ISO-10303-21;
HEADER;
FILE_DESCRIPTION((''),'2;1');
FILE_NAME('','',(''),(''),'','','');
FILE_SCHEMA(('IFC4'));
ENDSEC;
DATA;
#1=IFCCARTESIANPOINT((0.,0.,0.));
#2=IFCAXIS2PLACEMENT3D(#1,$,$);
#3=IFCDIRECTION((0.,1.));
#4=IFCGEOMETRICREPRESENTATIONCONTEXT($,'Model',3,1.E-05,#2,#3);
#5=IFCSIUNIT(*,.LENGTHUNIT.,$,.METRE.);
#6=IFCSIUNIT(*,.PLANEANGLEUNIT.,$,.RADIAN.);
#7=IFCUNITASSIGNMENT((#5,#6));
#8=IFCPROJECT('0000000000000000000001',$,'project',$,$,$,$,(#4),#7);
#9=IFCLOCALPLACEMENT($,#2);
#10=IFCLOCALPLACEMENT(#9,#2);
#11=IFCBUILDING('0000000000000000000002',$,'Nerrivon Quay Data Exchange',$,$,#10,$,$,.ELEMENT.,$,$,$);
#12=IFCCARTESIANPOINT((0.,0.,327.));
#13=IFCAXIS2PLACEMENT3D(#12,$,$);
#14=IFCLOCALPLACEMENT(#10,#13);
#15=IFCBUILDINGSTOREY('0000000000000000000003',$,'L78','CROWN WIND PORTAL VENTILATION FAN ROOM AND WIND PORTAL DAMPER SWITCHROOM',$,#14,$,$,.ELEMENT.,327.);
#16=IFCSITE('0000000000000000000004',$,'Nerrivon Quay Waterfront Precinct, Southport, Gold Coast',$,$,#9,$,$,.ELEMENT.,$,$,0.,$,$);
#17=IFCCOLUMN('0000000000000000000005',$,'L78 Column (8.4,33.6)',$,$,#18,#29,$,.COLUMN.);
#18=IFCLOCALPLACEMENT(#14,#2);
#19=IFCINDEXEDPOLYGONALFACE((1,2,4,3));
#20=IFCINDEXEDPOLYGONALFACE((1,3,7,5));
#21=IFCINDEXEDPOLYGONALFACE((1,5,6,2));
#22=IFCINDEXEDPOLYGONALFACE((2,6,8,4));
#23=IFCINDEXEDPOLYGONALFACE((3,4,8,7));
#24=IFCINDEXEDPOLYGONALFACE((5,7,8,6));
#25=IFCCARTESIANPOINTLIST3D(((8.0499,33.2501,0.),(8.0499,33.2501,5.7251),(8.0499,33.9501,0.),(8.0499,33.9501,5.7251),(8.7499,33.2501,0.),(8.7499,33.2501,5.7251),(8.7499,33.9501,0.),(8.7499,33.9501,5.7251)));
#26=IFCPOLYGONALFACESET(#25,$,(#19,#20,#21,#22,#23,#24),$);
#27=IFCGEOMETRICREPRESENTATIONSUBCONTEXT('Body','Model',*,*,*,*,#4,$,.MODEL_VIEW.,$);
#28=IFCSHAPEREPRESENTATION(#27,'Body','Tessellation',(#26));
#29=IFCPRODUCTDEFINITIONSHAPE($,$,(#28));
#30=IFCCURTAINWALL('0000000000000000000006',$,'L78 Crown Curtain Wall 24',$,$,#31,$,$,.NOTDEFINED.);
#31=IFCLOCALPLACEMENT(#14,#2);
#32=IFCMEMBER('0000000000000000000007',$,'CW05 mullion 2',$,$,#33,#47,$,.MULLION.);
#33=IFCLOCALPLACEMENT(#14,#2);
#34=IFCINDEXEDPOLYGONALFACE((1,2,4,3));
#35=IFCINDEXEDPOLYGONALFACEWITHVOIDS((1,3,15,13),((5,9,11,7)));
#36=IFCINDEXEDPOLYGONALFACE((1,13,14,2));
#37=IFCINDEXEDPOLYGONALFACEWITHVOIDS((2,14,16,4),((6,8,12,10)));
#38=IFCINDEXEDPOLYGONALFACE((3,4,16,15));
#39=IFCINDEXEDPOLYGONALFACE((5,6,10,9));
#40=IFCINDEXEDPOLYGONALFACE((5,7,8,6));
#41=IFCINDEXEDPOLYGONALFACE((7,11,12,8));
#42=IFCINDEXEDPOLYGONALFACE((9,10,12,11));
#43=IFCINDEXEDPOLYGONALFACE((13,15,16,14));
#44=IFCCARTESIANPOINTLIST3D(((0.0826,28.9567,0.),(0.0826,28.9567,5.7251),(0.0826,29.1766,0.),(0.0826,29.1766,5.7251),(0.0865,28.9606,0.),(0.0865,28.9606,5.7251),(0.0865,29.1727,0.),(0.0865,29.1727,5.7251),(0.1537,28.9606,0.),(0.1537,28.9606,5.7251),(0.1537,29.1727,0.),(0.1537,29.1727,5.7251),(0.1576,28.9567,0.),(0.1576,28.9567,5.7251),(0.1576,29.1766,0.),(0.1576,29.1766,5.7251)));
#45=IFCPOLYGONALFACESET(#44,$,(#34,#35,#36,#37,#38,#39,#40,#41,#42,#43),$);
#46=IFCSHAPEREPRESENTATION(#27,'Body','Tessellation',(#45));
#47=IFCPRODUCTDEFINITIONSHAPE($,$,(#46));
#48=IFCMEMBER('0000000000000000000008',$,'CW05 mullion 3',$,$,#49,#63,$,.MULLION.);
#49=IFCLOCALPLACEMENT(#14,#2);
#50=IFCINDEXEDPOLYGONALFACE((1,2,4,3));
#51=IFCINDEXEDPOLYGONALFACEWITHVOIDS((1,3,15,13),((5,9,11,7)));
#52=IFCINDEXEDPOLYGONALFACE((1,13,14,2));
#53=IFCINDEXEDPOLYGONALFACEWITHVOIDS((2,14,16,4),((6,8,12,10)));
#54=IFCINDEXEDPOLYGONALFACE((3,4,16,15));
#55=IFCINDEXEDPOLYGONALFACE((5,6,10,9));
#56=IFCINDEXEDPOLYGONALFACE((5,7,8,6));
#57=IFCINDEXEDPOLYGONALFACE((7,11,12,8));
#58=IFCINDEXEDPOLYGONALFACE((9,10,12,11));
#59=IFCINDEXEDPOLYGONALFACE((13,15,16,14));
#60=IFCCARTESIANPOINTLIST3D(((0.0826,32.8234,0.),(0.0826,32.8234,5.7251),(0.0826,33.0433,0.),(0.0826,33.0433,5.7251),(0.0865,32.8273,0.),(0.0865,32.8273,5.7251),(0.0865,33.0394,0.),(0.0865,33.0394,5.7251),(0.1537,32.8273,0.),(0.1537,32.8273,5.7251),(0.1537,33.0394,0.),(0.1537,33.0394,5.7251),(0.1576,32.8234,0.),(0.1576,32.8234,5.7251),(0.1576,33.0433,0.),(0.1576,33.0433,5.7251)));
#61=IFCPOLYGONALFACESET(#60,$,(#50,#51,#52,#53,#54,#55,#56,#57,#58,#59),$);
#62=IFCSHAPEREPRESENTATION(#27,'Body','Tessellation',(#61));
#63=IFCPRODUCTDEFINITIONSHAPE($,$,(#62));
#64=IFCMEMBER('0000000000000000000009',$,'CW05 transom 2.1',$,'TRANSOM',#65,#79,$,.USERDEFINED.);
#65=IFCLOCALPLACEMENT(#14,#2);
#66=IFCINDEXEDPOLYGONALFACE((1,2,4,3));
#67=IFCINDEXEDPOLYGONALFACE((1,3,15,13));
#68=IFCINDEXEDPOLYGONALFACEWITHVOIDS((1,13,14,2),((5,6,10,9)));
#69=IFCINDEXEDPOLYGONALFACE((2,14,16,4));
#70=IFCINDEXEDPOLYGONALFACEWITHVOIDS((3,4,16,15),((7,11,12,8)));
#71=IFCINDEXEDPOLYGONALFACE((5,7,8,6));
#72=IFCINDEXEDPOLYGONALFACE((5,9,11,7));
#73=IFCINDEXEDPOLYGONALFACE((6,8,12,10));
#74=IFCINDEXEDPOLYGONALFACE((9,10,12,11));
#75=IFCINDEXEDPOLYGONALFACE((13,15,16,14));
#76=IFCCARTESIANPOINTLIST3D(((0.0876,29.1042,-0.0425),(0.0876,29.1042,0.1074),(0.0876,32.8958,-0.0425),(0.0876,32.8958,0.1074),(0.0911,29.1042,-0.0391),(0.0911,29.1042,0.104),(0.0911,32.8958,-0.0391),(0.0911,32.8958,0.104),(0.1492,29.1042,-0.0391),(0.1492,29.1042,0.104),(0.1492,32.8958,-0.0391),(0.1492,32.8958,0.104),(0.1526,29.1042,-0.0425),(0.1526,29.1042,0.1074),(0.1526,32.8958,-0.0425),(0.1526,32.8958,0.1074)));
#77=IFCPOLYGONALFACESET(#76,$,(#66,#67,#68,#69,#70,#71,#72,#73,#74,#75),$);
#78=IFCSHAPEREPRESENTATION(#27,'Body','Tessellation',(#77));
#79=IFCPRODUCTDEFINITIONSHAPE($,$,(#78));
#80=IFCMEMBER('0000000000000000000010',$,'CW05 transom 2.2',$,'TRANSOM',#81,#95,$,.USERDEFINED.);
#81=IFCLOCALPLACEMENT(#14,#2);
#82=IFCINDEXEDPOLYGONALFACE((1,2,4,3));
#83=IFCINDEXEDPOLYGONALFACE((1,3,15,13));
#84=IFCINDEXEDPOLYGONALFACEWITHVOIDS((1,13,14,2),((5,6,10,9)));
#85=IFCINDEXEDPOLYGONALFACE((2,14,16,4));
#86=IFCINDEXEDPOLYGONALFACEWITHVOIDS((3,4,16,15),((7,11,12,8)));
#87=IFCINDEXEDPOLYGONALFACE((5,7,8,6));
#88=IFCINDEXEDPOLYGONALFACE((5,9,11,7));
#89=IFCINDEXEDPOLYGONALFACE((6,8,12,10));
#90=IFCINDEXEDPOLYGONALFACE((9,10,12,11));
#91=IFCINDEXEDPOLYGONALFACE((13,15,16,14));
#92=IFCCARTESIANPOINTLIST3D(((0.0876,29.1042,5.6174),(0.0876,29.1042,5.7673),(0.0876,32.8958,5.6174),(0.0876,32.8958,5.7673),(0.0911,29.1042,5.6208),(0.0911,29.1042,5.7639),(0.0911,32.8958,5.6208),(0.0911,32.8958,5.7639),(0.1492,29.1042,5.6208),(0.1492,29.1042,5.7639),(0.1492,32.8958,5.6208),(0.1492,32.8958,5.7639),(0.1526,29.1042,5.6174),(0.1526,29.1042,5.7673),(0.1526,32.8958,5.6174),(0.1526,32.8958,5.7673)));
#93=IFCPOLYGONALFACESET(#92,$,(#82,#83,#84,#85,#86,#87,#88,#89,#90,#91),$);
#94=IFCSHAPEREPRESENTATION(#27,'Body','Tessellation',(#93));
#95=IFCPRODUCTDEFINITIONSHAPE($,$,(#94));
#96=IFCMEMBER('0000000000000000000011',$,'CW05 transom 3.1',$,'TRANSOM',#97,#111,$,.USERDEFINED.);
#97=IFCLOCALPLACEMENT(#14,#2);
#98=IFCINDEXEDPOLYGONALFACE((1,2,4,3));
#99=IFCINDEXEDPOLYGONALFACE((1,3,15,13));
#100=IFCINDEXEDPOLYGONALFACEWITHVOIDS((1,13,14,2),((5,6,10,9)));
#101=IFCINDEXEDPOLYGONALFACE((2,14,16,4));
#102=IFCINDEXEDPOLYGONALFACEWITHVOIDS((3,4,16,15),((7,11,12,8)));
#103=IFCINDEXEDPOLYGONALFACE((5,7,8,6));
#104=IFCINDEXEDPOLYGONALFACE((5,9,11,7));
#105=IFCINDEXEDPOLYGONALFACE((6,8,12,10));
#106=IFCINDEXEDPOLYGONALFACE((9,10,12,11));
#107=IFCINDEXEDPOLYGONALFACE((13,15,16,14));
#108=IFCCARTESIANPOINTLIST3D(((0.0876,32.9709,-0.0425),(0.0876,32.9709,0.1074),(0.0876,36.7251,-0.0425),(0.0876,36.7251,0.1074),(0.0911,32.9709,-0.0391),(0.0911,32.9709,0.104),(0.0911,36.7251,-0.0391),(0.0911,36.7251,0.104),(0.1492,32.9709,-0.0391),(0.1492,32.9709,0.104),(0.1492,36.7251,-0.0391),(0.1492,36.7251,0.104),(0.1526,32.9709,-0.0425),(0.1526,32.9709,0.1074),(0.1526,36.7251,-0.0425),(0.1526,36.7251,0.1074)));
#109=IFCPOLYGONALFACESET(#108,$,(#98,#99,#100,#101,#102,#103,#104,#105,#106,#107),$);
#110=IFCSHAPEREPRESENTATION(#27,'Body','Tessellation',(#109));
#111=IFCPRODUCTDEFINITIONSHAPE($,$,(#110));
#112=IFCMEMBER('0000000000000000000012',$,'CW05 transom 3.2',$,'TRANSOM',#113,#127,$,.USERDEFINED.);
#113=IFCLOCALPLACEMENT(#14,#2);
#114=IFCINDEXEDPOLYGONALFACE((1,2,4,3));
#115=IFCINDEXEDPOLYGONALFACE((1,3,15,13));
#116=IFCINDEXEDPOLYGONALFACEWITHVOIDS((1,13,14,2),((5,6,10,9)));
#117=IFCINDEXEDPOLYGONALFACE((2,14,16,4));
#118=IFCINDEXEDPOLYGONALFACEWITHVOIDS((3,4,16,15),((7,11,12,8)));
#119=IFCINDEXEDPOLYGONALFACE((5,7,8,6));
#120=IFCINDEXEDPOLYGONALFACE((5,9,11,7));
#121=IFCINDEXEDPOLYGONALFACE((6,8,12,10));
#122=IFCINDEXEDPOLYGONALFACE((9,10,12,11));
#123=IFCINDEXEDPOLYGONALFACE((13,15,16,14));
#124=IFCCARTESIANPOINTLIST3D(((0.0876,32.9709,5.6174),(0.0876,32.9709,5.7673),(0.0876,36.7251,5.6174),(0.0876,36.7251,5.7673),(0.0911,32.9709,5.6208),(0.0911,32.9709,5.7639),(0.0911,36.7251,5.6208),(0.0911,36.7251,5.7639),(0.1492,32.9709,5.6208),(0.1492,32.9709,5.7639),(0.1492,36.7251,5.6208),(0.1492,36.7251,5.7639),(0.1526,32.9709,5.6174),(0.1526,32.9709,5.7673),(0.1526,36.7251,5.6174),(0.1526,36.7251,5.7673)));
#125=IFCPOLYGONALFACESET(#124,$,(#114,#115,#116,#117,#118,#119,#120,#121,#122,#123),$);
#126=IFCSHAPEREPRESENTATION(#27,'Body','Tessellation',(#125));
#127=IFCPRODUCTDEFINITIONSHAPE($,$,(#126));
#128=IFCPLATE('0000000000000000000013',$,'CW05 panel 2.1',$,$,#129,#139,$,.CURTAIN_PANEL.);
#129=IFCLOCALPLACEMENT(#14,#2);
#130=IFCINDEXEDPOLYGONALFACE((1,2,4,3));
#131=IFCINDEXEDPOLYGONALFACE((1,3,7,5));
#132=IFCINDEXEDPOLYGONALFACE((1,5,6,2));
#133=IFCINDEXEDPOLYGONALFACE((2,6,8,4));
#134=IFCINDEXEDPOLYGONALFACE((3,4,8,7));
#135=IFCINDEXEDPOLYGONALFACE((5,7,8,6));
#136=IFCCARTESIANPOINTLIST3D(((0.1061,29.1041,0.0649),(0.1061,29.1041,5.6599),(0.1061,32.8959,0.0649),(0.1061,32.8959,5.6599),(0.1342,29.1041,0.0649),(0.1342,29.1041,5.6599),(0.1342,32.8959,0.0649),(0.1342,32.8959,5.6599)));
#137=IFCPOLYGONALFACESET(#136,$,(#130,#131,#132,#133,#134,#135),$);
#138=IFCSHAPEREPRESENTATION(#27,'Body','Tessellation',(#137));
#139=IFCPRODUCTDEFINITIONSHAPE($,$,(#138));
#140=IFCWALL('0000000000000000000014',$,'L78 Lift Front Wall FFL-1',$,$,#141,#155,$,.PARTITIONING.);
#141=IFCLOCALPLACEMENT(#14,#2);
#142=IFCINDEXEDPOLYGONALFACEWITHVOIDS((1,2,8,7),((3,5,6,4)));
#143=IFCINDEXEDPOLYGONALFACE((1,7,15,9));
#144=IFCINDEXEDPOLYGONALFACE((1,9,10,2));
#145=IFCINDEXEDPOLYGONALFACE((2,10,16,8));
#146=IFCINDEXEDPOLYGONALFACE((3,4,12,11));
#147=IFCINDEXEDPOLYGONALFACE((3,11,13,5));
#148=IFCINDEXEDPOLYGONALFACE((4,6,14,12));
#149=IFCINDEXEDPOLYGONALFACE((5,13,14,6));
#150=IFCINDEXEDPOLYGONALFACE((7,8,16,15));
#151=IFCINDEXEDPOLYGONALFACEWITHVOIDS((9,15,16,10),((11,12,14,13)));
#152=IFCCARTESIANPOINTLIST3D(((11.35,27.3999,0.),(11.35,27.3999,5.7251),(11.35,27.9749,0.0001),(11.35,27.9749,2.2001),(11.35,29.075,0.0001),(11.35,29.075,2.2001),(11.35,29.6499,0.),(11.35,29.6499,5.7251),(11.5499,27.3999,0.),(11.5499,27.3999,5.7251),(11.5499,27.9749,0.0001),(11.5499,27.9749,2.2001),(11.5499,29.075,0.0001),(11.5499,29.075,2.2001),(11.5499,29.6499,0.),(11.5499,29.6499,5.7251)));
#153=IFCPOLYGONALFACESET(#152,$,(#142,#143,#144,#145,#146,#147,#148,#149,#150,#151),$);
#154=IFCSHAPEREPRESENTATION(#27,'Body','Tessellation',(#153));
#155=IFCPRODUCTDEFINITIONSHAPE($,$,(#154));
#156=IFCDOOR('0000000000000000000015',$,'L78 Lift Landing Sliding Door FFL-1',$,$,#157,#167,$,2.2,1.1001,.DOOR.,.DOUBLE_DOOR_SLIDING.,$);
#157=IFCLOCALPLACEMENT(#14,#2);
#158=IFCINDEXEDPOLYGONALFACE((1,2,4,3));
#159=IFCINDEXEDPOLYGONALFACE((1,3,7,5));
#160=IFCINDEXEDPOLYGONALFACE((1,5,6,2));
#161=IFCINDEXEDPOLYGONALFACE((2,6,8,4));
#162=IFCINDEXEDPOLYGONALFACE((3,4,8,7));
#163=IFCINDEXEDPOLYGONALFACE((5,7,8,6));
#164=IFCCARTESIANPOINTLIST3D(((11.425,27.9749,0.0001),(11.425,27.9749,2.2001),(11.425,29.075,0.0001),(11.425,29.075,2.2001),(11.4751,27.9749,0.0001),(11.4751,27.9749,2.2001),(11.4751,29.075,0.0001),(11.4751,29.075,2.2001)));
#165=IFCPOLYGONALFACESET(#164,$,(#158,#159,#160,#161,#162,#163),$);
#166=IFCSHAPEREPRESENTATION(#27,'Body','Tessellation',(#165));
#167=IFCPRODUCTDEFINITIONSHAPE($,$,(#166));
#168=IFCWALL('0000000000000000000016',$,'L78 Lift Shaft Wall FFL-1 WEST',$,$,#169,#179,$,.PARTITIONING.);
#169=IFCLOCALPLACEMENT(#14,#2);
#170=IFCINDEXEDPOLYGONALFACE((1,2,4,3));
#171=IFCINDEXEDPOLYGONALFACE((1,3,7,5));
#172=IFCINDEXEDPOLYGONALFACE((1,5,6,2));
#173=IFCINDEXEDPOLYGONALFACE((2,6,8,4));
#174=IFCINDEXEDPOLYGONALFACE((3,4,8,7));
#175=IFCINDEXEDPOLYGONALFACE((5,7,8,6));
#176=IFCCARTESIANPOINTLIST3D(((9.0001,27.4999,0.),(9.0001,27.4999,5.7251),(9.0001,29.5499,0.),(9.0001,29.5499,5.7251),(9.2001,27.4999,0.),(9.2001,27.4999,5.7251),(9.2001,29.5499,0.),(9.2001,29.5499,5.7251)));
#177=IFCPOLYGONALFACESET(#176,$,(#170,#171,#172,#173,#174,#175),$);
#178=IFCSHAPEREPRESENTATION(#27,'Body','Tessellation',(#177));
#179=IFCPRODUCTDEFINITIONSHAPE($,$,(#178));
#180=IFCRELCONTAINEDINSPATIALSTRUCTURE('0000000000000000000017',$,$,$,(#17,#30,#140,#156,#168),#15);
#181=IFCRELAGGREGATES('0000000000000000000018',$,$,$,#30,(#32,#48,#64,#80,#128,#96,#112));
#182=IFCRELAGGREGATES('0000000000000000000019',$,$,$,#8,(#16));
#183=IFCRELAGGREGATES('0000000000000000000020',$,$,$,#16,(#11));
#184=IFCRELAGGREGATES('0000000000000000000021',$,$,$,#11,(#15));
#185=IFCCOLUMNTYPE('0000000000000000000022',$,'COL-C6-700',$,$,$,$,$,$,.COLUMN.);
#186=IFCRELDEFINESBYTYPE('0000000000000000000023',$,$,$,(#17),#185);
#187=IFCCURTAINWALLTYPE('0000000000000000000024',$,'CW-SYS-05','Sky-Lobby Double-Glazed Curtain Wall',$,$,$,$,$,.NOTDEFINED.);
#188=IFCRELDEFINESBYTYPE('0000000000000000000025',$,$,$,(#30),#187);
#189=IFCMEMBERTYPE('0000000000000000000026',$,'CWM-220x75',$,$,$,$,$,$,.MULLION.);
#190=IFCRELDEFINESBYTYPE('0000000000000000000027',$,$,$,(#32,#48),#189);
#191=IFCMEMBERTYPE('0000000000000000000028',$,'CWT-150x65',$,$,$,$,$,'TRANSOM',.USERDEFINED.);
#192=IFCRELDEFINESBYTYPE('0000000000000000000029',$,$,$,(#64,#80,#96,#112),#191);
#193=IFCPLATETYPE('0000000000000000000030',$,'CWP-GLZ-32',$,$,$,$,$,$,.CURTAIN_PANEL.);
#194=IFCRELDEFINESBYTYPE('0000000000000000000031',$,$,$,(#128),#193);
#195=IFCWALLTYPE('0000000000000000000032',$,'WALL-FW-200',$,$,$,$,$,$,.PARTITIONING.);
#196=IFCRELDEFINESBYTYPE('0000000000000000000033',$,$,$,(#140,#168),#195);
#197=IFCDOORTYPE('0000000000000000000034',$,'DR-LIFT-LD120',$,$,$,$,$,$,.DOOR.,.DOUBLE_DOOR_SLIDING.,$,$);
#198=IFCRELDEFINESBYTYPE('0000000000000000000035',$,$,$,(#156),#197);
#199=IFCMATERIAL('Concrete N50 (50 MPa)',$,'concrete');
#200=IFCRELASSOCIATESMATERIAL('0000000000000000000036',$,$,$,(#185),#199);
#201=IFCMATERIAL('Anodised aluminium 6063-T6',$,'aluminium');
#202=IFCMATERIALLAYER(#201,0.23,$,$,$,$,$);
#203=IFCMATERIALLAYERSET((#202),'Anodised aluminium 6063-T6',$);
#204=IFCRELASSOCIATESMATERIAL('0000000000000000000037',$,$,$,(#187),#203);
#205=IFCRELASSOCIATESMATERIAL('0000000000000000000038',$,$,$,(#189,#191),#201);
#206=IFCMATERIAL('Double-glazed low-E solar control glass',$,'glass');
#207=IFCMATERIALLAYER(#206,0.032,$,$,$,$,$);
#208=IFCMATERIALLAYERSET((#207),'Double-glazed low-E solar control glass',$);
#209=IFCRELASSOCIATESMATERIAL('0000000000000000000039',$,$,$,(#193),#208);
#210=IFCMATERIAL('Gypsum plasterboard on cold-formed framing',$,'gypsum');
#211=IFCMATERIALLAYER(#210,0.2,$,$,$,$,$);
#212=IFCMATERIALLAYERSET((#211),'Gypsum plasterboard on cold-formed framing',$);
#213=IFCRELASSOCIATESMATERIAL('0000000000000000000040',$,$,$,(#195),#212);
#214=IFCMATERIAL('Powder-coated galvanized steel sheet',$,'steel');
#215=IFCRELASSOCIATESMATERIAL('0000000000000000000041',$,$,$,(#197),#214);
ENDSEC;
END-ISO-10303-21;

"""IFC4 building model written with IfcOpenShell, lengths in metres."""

from ifc_helpers import new_model, si_unit, direction, frame, frame_2d, origin, origin_2d, place, context, subcontext, project, spatial, rectangle, hollow_rectangle, extrude, material, layer, layer_set, material_profile, profile_set, type_object, element, fill, aggregate, save


model = new_model("IFC4")

# Units and contexts
model_context = context("Model", 3, precision=1e-05, world=origin(), true_north=direction((0.0, 1.0)))
body_context = subcontext(model_context, "Body", "Model", "MODEL_VIEW")
ifc_project = project(units=[si_unit("LENGTHUNIT", "METRE"), si_unit("PLANEANGLEUNIT", "RADIAN")], contexts=[model_context])

# Site, building, storey
site_placement = place(None, origin())
site = spatial("IfcSite", under=ifc_project, at=site_placement, Name="Nerrivon Quay Waterfront Precinct, Southport, Gold Coast", CompositionType="ELEMENT", RefElevation=0.0)
building_placement = place(site_placement, origin())
building = spatial("IfcBuilding", under=site, at=building_placement, Name="Nerrivon Quay Data Exchange", CompositionType="ELEMENT")
storey_placement = place(building_placement, frame((0.0, 0.0, 327.0)))
storey = spatial("IfcBuildingStorey", under=building, at=storey_placement, Name="L78", Description="CROWN WIND PORTAL VENTILATION FAN ROOM AND WIND PORTAL DAMPER SWITCHROOM", CompositionType="ELEMENT", Elevation=327.0)

# Column
ifc_material_1 = material(Name="Concrete N50 (50 MPa)", Category="concrete")
ifc_material_profile_1 = material_profile(ifc_material_1, rectangle(XDim=0.7, YDim=0.7, at=origin_2d()), Name="RC-COL-700x700")
ifc_profile_set_1 = profile_set([ifc_material_profile_1], Name="Concrete N50 (50 MPa)")
column_type = type_object("IfcColumnType", Name="COL-C6-700", PredefinedType="COLUMN", material=ifc_profile_set_1)
column_placement = place(storey_placement, frame((8.3999, 33.6001, 0.0), z_axis=(0.0, 0.0, 1.0), x_axis=(1.0, 0.0, 0.0)))
element("IfcColumn", 1, at=column_placement, inside=storey, type_object=column_type, Name="L78 Column (8.4,33.6)", PredefinedType="COLUMN", context=body_context, shape_type="SweptSolid", body=[
    extrude(rectangle(XDim=0.7, YDim=0.7, at=origin_2d()), origin(), (0.0, 0.0, 1.0), 5.7251),
])

# Curtain wall, members, plate
ifc_material_2 = material(Name="Anodised aluminium 6063-T6", Category="aluminium")
ifc_layer_1 = layer(ifc_material_2, 0.23)
ifc_layer_set_1 = layer_set([ifc_layer_1], Name="Anodised aluminium 6063-T6")
curtain_wall_type = type_object("IfcCurtainWallType", Name="CW-SYS-05", Description="Sky-Lobby Double-Glazed Curtain Wall", PredefinedType="NOTDEFINED", material=ifc_layer_set_1)
curtain_wall_placement = place(storey_placement, origin())
curtain_wall = element("IfcCurtainWall", 2, at=curtain_wall_placement, inside=storey, type_object=curtain_wall_type, Name="L78 Crown Curtain Wall 24", PredefinedType="NOTDEFINED")
ifc_material_profile_2 = material_profile(ifc_material_2, hollow_rectangle(XDim=0.075, YDim=0.22, WallThickness=0.0039, at=origin_2d()), Name="ALU-MULL-220x75")
ifc_profile_set_2 = profile_set([ifc_material_profile_2], Name="Anodised aluminium 6063-T6")
member_type_1 = type_object("IfcMemberType", Name="CWM-220x75", PredefinedType="MULLION", material=ifc_profile_set_2)
member_1_placement = place(storey_placement, frame((0.1201, 29.0667, 0.0), z_axis=(0.0, 0.0, 1.0), x_axis=(-1.0, 0.0, 0.0)))
member_1 = element("IfcMember", 3, at=member_1_placement, type_object=member_type_1, Name="CW05 mullion 2", PredefinedType="MULLION", context=body_context, shape_type="SweptSolid", body=[
    extrude(hollow_rectangle(XDim=0.075, YDim=0.22, WallThickness=0.0039, at=origin_2d()), origin(), (0.0, 0.0, 1.0), 5.7251),
])
member_2_placement = place(storey_placement, frame((0.1201, 32.9333, 0.0), z_axis=(0.0, 0.0, 1.0), x_axis=(-1.0, 0.0, 0.0)))
member_2 = element("IfcMember", 4, at=member_2_placement, type_object=member_type_1, Name="CW05 mullion 3", PredefinedType="MULLION", context=body_context, shape_type="SweptSolid", body=[
    extrude(hollow_rectangle(XDim=0.075, YDim=0.22, WallThickness=0.0039, at=origin_2d()), origin(), (0.0, 0.0, 1.0), 5.7251),
])
ifc_material_profile_3 = material_profile(ifc_material_2, hollow_rectangle(XDim=0.0649, YDim=0.1499, WallThickness=0.0034, at=origin_2d()), Name="ALU-TRAN-150x65")
ifc_profile_set_3 = profile_set([ifc_material_profile_3], Name="Anodised aluminium 6063-T6")
member_type_2 = type_object("IfcMemberType", Name="CWT-150x65", ElementType="TRANSOM", PredefinedType="USERDEFINED", material=ifc_profile_set_3)
member_3_placement = place(storey_placement, frame((0.1201, 29.1042, 0.0325), z_axis=(0.0, 1.0, 0.0), x_axis=(-1.0, 0.0, 0.0)))
member_3 = element("IfcMember", 5, at=member_3_placement, type_object=member_type_2, Name="CW05 transom 2.1", ObjectType="TRANSOM", PredefinedType="USERDEFINED", context=body_context, shape_type="SweptSolid", body=[
    extrude(hollow_rectangle(XDim=0.0649, YDim=0.1499, WallThickness=0.0034, at=origin_2d()), origin(), (0.0, 0.0, 1.0), 3.7915),
])
member_4_placement = place(storey_placement, frame((0.1201, 29.1042, 5.6924), z_axis=(0.0, 1.0, 0.0), x_axis=(-1.0, 0.0, 0.0)))
member_4 = element("IfcMember", 6, at=member_4_placement, type_object=member_type_2, Name="CW05 transom 2.2", ObjectType="TRANSOM", PredefinedType="USERDEFINED", context=body_context, shape_type="SweptSolid", body=[
    extrude(hollow_rectangle(XDim=0.0649, YDim=0.1499, WallThickness=0.0034, at=origin_2d()), origin(), (0.0, 0.0, 1.0), 3.7915),
])
member_5_placement = place(storey_placement, frame((0.1201, 32.9709, 0.0325), z_axis=(0.0, 1.0, 0.0), x_axis=(-1.0, 0.0, 0.0)))
member_5 = element("IfcMember", 7, at=member_5_placement, type_object=member_type_2, Name="CW05 transom 3.1", ObjectType="TRANSOM", PredefinedType="USERDEFINED", context=body_context, shape_type="SweptSolid", body=[
    extrude(hollow_rectangle(XDim=0.0649, YDim=0.1499, WallThickness=0.0034, at=origin_2d()), origin(), (0.0, 0.0, 1.0), 3.7542),
])
member_6_placement = place(storey_placement, frame((0.1201, 32.9709, 5.6924), z_axis=(0.0, 1.0, 0.0), x_axis=(-1.0, 0.0, 0.0)))
member_6 = element("IfcMember", 8, at=member_6_placement, type_object=member_type_2, Name="CW05 transom 3.2", ObjectType="TRANSOM", PredefinedType="USERDEFINED", context=body_context, shape_type="SweptSolid", body=[
    extrude(hollow_rectangle(XDim=0.0649, YDim=0.1499, WallThickness=0.0034, at=origin_2d()), origin(), (0.0, 0.0, 1.0), 3.7542),
])
ifc_material_3 = material(Name="Double-glazed low-E solar control glass", Category="glass")
ifc_layer_2 = layer(ifc_material_3, 0.032)
ifc_layer_set_2 = layer_set([ifc_layer_2], Name="Double-glazed low-E solar control glass")
plate_type = type_object("IfcPlateType", Name="CWP-GLZ-32", PredefinedType="CURTAIN_PANEL", material=ifc_layer_set_2)
plate_placement = place(storey_placement, frame((0.1201, 31.0, 0.0649), z_axis=(0.0, 0.0, 1.0), x_axis=(0.0, 1.0, 0.0)))
plate = element("IfcPlate", 9, at=plate_placement, type_object=plate_type, Name="CW05 panel 2.1", PredefinedType="CURTAIN_PANEL", context=body_context, shape_type="SweptSolid", body=[
    extrude(rectangle(XDim=3.7917, YDim=0.0281, at=origin_2d()), origin(), (0.0, 0.0, 1.0), 5.595),
])
aggregate(curtain_wall, [member_1, member_2, member_3, member_4, plate, member_5, member_6])

# Wall, opening, door
ifc_material_4 = material(Name="Gypsum plasterboard on cold-formed framing", Category="gypsum")
ifc_layer_3 = layer(ifc_material_4, 0.2)
ifc_layer_set_3 = layer_set([ifc_layer_3], Name="Gypsum plasterboard on cold-formed framing")
wall_type_1 = type_object("IfcWallType", Name="WALL-FW-200", PredefinedType="PARTITIONING", material=ifc_layer_set_3)
wall_1_placement = place(storey_placement, frame((11.45, 27.3999, 0.0), z_axis=(0.0, 0.0, 1.0), x_axis=(0.0, 1.0, 0.0)))
wall_1 = element("IfcWall", 10, at=wall_1_placement, inside=storey, type_object=wall_type_1, Name="L78 Lift Front Wall FFL-1", PredefinedType="PARTITIONING", context=body_context, shape_type="SweptSolid", body=[
    extrude(rectangle(XDim=2.25, YDim=0.2, at=frame_2d((1.125, 0.0))), origin(), (0.0, 0.0, 1.0), 5.7251),
])
opening_1_placement = place(wall_1_placement, frame((0.575, 0.0, 0.0)))
opening_1 = element("IfcOpeningElement", 11, at=opening_1_placement, cuts=wall_1, PredefinedType="OPENING", context=body_context, shape_type="SweptSolid", body=[
    extrude(rectangle(XDim=1.1001, YDim=2.2, at=frame_2d((0.55, 1.1001))), frame((0.0, 0.1099, 0.0), z_axis=(0.0, -1.0, 0.0), x_axis=(1.0, 0.0, 0.0)), (0.0, 0.0, 1.0), 0.22),
])
ifc_material_5 = material(Name="Powder-coated galvanized steel sheet", Category="steel")
door_type_1 = type_object("IfcDoorType", Name="DR-LIFT-LD120", OperationType="DOUBLE_DOOR_SLIDING", PredefinedType="DOOR", material=ifc_material_5)
door_1_placement = place(opening_1_placement, origin())
door_1 = element("IfcDoor", 12, at=door_1_placement, inside=storey, type_object=door_type_1, Name="L78 Lift Landing Sliding Door FFL-1", OperationType="DOUBLE_DOOR_SLIDING", OverallHeight=2.2, OverallWidth=1.1001, PredefinedType="DOOR", context=body_context, shape_type="SweptSolid", body=[
    extrude(rectangle(XDim=1.1001, YDim=2.2, at=frame_2d((0.55, 1.1001))), frame((0.0, 0.0249, 0.0), z_axis=(0.0, -1.0, 0.0), x_axis=(1.0, 0.0, 0.0)), (0.0, 0.0, 1.0), 0.05),
])
fill(opening_1, door_1)

# Wall
wall_2_placement = place(storey_placement, frame((9.1001, 27.5, 0.0), z_axis=(0.0, 0.0, 1.0), x_axis=(0.0, 1.0, 0.0)))
element("IfcWall", 13, at=wall_2_placement, inside=storey, type_object=wall_type_1, Name="L78 Lift Shaft Wall FFL-1 WEST", PredefinedType="PARTITIONING", context=body_context, shape_type="SweptSolid", body=[
    extrude(rectangle(XDim=2.05, YDim=0.2, at=frame_2d((1.0249, 0.0))), origin(), (0.0, 0.0, 1.0), 5.7251),
])

save(model, "model.ifc")
